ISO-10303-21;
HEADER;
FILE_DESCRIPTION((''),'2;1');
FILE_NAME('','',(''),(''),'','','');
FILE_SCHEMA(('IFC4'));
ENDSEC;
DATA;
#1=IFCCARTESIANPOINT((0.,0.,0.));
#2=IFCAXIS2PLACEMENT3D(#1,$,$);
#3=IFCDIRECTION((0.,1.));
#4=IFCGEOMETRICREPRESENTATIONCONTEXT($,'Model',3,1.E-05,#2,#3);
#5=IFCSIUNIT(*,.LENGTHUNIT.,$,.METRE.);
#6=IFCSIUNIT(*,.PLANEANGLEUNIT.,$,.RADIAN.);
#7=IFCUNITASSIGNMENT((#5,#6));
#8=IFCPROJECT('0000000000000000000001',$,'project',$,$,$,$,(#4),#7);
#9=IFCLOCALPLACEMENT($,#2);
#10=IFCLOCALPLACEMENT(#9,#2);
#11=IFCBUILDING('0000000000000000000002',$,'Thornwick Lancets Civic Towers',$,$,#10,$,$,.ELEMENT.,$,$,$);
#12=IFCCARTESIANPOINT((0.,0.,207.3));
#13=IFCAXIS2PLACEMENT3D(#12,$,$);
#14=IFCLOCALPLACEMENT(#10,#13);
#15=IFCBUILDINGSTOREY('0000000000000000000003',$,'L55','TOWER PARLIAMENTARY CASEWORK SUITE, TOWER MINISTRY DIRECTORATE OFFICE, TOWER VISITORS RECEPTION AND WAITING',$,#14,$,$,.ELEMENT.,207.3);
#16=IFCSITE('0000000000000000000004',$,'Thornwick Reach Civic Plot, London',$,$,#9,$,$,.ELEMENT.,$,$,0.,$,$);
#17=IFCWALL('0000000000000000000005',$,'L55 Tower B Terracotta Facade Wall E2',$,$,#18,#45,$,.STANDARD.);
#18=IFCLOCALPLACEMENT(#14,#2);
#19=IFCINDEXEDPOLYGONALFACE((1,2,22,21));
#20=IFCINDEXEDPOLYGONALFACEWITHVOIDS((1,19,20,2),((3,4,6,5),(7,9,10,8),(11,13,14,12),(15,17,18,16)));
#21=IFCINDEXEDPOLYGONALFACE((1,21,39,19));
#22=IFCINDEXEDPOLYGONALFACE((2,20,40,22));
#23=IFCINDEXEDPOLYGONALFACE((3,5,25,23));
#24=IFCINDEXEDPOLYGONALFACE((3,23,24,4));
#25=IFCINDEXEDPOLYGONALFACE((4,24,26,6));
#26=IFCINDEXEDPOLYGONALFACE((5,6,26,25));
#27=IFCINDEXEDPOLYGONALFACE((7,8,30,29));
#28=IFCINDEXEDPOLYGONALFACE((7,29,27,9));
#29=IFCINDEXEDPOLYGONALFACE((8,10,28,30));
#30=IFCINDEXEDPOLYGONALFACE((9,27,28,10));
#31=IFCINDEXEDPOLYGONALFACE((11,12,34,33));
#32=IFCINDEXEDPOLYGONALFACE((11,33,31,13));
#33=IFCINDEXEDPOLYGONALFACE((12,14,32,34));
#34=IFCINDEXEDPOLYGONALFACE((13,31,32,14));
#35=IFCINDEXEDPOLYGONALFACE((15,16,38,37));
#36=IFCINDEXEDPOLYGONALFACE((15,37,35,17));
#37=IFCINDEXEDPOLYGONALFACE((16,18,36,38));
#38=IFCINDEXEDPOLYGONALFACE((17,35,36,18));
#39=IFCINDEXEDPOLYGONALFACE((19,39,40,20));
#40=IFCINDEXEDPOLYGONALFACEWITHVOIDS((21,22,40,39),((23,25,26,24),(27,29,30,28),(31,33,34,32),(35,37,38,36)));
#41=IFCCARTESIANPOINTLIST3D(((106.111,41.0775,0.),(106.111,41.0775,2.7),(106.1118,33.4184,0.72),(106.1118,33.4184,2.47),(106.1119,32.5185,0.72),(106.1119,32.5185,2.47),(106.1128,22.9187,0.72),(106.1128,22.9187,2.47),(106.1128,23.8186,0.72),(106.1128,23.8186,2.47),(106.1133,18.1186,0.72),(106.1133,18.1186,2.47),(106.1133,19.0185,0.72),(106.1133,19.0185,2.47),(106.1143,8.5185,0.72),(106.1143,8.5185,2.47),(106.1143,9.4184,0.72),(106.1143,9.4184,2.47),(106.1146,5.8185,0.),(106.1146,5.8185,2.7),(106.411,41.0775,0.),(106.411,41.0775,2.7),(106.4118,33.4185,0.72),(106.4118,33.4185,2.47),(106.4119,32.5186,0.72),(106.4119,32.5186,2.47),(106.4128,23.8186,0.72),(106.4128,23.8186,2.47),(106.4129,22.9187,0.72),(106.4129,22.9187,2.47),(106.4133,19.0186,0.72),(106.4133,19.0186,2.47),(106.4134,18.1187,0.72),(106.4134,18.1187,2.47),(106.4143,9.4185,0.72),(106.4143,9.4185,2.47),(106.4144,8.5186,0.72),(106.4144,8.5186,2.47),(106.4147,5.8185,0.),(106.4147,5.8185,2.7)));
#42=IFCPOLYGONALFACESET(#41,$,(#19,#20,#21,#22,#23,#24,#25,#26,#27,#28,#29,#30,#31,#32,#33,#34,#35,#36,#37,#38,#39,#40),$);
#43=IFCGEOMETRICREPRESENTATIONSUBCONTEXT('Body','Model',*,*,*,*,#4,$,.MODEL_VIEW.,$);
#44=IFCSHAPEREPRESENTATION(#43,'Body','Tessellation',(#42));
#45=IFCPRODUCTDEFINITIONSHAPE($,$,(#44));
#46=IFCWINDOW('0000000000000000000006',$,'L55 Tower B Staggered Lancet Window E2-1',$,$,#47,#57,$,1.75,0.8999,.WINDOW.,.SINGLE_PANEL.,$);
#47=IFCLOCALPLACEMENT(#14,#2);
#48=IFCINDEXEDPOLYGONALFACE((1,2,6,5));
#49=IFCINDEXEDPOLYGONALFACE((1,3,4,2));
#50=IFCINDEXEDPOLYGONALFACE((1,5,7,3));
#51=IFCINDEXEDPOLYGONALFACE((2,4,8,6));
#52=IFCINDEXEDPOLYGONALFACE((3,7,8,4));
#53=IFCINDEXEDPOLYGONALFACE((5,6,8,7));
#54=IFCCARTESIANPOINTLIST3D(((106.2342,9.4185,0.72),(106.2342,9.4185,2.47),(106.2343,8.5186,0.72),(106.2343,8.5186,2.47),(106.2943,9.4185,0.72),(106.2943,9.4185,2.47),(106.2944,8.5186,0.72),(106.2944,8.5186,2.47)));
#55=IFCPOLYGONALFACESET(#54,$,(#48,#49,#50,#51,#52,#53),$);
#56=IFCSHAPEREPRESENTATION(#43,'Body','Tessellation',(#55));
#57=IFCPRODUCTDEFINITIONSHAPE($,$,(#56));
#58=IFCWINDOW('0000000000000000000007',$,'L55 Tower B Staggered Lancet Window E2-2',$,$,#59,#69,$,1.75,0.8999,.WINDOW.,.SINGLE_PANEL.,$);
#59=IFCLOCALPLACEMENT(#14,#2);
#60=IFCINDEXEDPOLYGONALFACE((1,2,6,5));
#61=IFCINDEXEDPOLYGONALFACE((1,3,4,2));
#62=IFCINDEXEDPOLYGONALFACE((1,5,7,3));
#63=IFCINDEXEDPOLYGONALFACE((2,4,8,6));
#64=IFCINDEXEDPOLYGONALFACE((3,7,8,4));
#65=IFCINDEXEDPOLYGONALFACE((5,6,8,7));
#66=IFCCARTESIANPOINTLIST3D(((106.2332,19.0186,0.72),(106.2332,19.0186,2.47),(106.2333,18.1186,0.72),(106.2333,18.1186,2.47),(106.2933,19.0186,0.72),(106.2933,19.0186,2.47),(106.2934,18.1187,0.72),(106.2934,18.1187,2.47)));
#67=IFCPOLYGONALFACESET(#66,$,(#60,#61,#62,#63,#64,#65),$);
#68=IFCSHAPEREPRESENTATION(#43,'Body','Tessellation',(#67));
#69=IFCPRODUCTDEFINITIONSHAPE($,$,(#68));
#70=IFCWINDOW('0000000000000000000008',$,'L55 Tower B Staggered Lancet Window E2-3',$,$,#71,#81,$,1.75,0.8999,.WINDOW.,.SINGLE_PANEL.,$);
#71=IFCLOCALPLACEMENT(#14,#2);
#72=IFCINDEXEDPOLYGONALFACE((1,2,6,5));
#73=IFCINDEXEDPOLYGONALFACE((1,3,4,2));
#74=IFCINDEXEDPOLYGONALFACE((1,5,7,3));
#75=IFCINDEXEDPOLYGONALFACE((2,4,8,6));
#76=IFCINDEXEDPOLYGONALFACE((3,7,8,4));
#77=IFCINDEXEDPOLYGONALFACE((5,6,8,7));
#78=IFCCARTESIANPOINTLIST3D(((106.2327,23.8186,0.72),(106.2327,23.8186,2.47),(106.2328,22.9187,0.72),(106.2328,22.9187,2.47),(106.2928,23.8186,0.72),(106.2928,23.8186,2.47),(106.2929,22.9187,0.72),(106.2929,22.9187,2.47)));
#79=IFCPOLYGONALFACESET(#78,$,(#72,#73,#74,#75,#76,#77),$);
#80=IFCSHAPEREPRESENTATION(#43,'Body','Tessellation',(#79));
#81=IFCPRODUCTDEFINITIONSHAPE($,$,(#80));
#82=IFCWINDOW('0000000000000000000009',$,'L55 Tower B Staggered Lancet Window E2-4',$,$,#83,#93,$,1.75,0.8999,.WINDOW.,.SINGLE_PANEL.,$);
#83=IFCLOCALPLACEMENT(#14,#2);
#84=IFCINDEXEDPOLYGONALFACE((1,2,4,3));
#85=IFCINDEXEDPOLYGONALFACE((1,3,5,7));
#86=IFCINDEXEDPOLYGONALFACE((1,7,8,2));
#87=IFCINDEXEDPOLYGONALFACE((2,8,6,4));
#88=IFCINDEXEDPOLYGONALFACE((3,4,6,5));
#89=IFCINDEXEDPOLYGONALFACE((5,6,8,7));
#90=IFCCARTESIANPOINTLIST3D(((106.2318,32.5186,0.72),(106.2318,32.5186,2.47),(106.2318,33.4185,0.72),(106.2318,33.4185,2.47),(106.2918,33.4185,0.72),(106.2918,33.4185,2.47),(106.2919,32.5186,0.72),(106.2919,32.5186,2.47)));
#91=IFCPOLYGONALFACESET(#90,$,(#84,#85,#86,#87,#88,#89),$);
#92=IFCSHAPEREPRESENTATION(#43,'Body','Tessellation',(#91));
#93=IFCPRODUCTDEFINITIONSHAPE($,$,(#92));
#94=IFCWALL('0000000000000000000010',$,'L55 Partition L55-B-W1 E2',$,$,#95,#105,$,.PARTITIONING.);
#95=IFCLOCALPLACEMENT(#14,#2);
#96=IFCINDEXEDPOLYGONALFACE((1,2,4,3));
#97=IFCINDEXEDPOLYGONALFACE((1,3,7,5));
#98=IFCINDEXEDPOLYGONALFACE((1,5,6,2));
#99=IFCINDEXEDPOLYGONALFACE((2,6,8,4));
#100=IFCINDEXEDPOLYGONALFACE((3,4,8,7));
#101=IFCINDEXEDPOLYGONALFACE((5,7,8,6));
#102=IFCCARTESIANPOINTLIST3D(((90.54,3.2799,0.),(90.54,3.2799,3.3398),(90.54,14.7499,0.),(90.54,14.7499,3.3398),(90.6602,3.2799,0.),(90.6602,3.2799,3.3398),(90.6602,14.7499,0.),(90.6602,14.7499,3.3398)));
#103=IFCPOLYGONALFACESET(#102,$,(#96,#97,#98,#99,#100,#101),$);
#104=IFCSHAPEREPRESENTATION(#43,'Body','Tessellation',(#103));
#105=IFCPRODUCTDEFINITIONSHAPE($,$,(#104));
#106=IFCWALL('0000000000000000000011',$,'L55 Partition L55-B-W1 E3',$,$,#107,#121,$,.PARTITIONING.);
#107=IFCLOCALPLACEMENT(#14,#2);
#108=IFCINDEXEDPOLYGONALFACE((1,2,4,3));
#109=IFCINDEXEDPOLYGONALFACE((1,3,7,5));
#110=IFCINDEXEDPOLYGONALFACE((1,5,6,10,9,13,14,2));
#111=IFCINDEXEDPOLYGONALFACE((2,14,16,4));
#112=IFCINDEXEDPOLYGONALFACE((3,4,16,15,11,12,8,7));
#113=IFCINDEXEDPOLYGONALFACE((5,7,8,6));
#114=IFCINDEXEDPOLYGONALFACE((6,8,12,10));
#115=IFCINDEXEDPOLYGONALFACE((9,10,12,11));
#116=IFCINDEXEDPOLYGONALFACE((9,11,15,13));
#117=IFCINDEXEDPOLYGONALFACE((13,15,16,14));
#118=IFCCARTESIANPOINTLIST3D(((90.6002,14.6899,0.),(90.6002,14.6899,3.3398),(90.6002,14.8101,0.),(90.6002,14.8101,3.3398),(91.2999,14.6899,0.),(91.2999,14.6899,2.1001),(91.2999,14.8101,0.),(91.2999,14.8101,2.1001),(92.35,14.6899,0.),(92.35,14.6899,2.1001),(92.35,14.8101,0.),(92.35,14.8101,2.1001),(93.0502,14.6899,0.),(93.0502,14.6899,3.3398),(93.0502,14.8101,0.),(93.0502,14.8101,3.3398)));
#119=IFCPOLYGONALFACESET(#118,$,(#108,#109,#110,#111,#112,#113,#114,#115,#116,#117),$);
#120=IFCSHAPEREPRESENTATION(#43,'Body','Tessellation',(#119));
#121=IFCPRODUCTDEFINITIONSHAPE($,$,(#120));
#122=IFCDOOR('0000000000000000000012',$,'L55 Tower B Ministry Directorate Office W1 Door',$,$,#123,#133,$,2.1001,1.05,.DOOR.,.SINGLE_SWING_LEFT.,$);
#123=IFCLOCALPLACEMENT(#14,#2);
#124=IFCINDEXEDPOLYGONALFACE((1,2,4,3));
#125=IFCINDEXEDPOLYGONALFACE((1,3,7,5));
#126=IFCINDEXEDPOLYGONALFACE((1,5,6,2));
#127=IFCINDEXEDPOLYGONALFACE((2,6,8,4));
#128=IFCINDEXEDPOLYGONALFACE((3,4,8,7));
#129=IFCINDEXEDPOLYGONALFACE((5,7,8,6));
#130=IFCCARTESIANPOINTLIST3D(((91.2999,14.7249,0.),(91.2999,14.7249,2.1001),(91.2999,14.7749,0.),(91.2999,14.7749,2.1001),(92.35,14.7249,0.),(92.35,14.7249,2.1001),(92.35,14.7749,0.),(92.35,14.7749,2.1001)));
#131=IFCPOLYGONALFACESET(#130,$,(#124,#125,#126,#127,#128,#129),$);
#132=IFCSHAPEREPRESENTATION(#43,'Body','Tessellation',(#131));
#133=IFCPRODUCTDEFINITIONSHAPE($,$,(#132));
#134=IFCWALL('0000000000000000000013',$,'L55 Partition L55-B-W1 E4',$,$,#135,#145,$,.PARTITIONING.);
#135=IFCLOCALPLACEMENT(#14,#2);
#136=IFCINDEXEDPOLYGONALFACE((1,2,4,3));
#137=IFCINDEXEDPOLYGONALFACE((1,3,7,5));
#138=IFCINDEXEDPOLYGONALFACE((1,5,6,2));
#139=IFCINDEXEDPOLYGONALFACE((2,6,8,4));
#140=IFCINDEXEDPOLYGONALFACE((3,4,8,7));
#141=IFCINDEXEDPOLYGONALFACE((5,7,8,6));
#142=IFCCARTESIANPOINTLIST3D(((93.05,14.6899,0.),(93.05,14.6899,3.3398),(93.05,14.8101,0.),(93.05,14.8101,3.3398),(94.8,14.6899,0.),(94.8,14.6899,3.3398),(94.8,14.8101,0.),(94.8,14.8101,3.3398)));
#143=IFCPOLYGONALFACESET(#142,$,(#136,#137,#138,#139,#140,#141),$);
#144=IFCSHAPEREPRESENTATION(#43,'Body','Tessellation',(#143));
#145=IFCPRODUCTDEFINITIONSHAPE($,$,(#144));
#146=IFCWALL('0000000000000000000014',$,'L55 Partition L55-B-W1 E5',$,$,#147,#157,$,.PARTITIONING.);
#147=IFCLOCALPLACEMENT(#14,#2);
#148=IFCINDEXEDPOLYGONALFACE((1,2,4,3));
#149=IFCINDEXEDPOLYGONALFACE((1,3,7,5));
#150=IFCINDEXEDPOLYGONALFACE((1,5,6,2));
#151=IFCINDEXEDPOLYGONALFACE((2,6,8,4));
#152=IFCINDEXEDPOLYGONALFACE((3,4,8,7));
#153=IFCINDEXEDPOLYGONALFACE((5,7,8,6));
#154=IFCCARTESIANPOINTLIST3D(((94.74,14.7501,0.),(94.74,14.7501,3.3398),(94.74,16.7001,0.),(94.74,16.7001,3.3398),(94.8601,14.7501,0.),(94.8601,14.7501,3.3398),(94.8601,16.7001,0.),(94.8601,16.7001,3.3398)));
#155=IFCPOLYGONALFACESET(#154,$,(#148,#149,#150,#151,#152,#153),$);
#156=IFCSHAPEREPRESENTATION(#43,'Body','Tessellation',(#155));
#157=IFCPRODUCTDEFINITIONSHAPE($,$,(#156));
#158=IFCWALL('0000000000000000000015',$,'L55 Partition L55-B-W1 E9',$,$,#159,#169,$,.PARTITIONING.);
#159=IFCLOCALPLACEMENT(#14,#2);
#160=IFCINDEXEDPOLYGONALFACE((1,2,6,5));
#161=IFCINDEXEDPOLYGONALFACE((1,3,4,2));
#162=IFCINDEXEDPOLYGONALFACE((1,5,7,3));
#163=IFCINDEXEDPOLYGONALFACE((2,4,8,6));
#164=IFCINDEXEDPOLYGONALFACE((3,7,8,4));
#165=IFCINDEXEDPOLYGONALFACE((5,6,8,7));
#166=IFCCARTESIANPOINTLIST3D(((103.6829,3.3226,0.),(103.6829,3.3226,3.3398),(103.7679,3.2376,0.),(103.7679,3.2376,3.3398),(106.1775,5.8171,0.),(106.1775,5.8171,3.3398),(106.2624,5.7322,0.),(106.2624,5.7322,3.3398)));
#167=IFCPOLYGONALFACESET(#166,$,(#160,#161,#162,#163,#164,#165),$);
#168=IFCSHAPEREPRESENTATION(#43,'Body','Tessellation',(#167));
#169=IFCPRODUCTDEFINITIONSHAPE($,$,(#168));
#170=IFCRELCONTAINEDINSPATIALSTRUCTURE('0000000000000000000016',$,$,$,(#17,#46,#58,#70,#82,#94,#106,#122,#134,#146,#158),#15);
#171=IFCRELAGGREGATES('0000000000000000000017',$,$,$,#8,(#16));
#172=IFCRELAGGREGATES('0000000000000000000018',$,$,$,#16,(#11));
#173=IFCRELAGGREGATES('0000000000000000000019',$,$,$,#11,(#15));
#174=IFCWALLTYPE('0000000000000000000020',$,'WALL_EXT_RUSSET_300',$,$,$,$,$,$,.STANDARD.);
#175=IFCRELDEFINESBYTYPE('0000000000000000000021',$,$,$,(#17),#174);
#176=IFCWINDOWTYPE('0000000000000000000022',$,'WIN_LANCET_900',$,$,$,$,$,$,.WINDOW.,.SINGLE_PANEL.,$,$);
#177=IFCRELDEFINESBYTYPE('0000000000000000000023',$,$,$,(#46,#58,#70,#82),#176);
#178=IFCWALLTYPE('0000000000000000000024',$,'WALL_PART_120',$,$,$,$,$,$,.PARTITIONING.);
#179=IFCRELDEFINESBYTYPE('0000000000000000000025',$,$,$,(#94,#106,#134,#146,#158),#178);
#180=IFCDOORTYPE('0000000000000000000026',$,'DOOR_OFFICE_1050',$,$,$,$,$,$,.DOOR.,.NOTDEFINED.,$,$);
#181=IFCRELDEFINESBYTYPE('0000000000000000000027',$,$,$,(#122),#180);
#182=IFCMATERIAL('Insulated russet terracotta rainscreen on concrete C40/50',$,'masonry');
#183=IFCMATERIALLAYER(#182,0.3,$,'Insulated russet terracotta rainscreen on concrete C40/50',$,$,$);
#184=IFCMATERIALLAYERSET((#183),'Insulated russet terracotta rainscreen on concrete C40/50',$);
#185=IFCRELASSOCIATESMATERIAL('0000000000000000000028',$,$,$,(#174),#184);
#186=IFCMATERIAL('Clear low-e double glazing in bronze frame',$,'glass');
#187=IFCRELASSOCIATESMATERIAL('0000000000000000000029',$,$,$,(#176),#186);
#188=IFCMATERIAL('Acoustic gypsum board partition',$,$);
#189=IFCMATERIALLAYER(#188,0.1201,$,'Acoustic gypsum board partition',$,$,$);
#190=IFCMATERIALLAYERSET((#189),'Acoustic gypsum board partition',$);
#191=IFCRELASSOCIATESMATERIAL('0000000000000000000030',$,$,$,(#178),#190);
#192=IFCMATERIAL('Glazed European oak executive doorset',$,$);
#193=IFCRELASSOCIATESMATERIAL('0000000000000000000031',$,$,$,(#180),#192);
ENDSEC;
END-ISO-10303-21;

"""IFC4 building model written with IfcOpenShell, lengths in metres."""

from ifc_helpers import new_model, si_unit, direction, frame, frame_2d, origin, place, context, subcontext, project, spatial, rectangle, extrude, material, layer, layer_set, type_object, element, fill, save


model = new_model("IFC4")

# Units and contexts
model_context = context("Model", 3, precision=1e-05, world=origin(), true_north=direction((0.0, 1.0)))
body_context = subcontext(model_context, "Body", "Model", "MODEL_VIEW")
ifc_project = project(units=[si_unit("LENGTHUNIT", "METRE"), si_unit("PLANEANGLEUNIT", "RADIAN")], contexts=[model_context])

# Site, building, storey
site_placement = place(None, origin())
site = spatial("IfcSite", under=ifc_project, at=site_placement, Name="Thornwick Reach Civic Plot, London", CompositionType="ELEMENT", RefElevation=0.0)
building_placement = place(site_placement, origin())
building = spatial("IfcBuilding", under=site, at=building_placement, Name="Thornwick Lancets Civic Towers", CompositionType="ELEMENT")
storey_placement = place(building_placement, frame((0.0, 0.0, 207.3)))
storey = spatial("IfcBuildingStorey", under=building, at=storey_placement, Name="L55", Description="TOWER PARLIAMENTARY CASEWORK SUITE, TOWER MINISTRY DIRECTORATE OFFICE, TOWER VISITORS RECEPTION AND WAITING", CompositionType="ELEMENT", Elevation=207.3)

# Wall, openings, windows
ifc_material_1 = material(Name="Insulated russet terracotta rainscreen on concrete C40/50", Category="masonry")
ifc_layer_1 = layer(ifc_material_1, 0.3, Name="Insulated russet terracotta rainscreen on concrete C40/50")
ifc_layer_set_1 = layer_set([ifc_layer_1], Name="Insulated russet terracotta rainscreen on concrete C40/50")
wall_type_1 = type_object("IfcWallType", Name="WALL_EXT_RUSSET_300", PredefinedType="STANDARD", material=ifc_layer_set_1)
wall_1_placement = place(storey_placement, frame((106.2646, 5.8186, 0.0), z_axis=(0.0, 0.0, 1.0), x_axis=(-0.000104, 1.0, 0.0)))
wall_1 = element("IfcWall", 1, at=wall_1_placement, inside=storey, type_object=wall_type_1, Name="L55 Tower B Terracotta Facade Wall E2", PredefinedType="STANDARD", context=body_context, shape_type="SweptSolid", body=[
    extrude(rectangle(XDim=35.259, YDim=0.3, at=frame_2d((17.6294, 0.0))), origin(), (0.0, 0.0, 1.0), 2.7),
])
opening_1_placement = place(wall_1_placement, frame((2.7, 0.0, 0.72)))
opening_1 = element("IfcOpeningElement", 2, at=opening_1_placement, cuts=wall_1, PredefinedType="OPENING", context=body_context, shape_type="SweptSolid", body=[
    extrude(rectangle(XDim=0.8999, YDim=1.75, at=frame_2d((0.45, 0.875))), frame((0.0, 0.1602, 0.0), z_axis=(0.0, -1.0, 0.0), x_axis=(1.0, 0.0, 0.0)), (0.0, 0.0, 1.0), 0.3201),
])
opening_2_placement = place(wall_1_placement, frame((12.3, 0.0, 0.72)))
opening_2 = element("IfcOpeningElement", 3, at=opening_2_placement, cuts=wall_1, PredefinedType="OPENING", context=body_context, shape_type="SweptSolid", body=[
    extrude(rectangle(XDim=0.8999, YDim=1.75, at=frame_2d((0.45, 0.875))), frame((0.0, 0.1602, 0.0), z_axis=(0.0, -1.0, 0.0), x_axis=(1.0, 0.0, 0.0)), (0.0, 0.0, 1.0), 0.3201),
])
opening_3_placement = place(wall_1_placement, frame((17.1001, 0.0, 0.72)))
opening_3 = element("IfcOpeningElement", 4, at=opening_3_placement, cuts=wall_1, PredefinedType="OPENING", context=body_context, shape_type="SweptSolid", body=[
    extrude(rectangle(XDim=0.8999, YDim=1.75, at=frame_2d((0.45, 0.875))), frame((0.0, 0.1602, 0.0), z_axis=(0.0, -1.0, 0.0), x_axis=(1.0, 0.0, 0.0)), (0.0, 0.0, 1.0), 0.3201),
])
opening_4_placement = place(wall_1_placement, frame((26.7, 0.0, 0.72)))
opening_4 = element("IfcOpeningElement", 5, at=opening_4_placement, cuts=wall_1, PredefinedType="OPENING", context=body_context, shape_type="SweptSolid", body=[
    extrude(rectangle(XDim=0.8999, YDim=1.75, at=frame_2d((0.45, 0.875))), frame((0.0, 0.1602, 0.0), z_axis=(0.0, -1.0, 0.0), x_axis=(1.0, 0.0, 0.0)), (0.0, 0.0, 1.0), 0.3201),
])
ifc_material_2 = material(Name="Clear low-e double glazing in bronze frame", Category="glass")
window_type = type_object("IfcWindowType", Name="WIN_LANCET_900", PartitioningType="SINGLE_PANEL", PredefinedType="WINDOW", material=ifc_material_2)
window_1_placement = place(opening_1_placement, origin())
window_1 = element("IfcWindow", 6, at=window_1_placement, inside=storey, type_object=window_type, Name="L55 Tower B Staggered Lancet Window E2-1", OverallHeight=1.75, OverallWidth=0.8999, PartitioningType="SINGLE_PANEL", PredefinedType="WINDOW", context=body_context, shape_type="SweptSolid", body=[
    extrude(rectangle(XDim=0.8999, YDim=1.75, at=frame_2d((0.45, 0.875))), frame((0.0, 0.03, 0.0), z_axis=(0.0, -1.0, 0.0), x_axis=(1.0, 0.0, 0.0)), (0.0, 0.0, 1.0), 0.0601),
])
fill(opening_1, window_1)
window_2_placement = place(opening_2_placement, origin())
window_2 = element("IfcWindow", 7, at=window_2_placement, inside=storey, type_object=window_type, Name="L55 Tower B Staggered Lancet Window E2-2", OverallHeight=1.75, OverallWidth=0.8999, PartitioningType="SINGLE_PANEL", PredefinedType="WINDOW", context=body_context, shape_type="SweptSolid", body=[
    extrude(rectangle(XDim=0.8999, YDim=1.75, at=frame_2d((0.45, 0.875))), frame((0.0, 0.03, 0.0), z_axis=(0.0, -1.0, 0.0), x_axis=(1.0, 0.0, 0.0)), (0.0, 0.0, 1.0), 0.0601),
])
fill(opening_2, window_2)
window_3_placement = place(opening_3_placement, origin())
window_3 = element("IfcWindow", 8, at=window_3_placement, inside=storey, type_object=window_type, Name="L55 Tower B Staggered Lancet Window E2-3", OverallHeight=1.75, OverallWidth=0.8999, PartitioningType="SINGLE_PANEL", PredefinedType="WINDOW", context=body_context, shape_type="SweptSolid", body=[
    extrude(rectangle(XDim=0.8999, YDim=1.75, at=frame_2d((0.45, 0.875))), frame((0.0, 0.03, 0.0), z_axis=(0.0, -1.0, 0.0), x_axis=(1.0, 0.0, 0.0)), (0.0, 0.0, 1.0), 0.0601),
])
fill(opening_3, window_3)
window_4_placement = place(opening_4_placement, origin())
window_4 = element("IfcWindow", 9, at=window_4_placement, inside=storey, type_object=window_type, Name="L55 Tower B Staggered Lancet Window E2-4", OverallHeight=1.75, OverallWidth=0.8999, PartitioningType="SINGLE_PANEL", PredefinedType="WINDOW", context=body_context, shape_type="SweptSolid", body=[
    extrude(rectangle(XDim=0.8999, YDim=1.75, at=frame_2d((0.45, 0.875))), frame((0.0, 0.03, 0.0), z_axis=(0.0, -1.0, 0.0), x_axis=(1.0, 0.0, 0.0)), (0.0, 0.0, 1.0), 0.0601),
])
fill(opening_4, window_4)

# Wall
ifc_material_3 = material(Name="Acoustic gypsum board partition")
ifc_layer_2 = layer(ifc_material_3, 0.1201, Name="Acoustic gypsum board partition")
ifc_layer_set_2 = layer_set([ifc_layer_2], Name="Acoustic gypsum board partition")
wall_type_2 = type_object("IfcWallType", Name="WALL_PART_120", PredefinedType="PARTITIONING", material=ifc_layer_set_2)
wall_2_placement = place(storey_placement, frame((90.6001, 3.28, 0.0), z_axis=(0.0, 0.0, 1.0), x_axis=(0.0, 1.0, 0.0)))
element("IfcWall", 10, at=wall_2_placement, inside=storey, type_object=wall_type_2, Name="L55 Partition L55-B-W1 E2", PredefinedType="PARTITIONING", context=body_context, shape_type="SweptSolid", body=[
    extrude(rectangle(XDim=11.47, YDim=0.1201, at=frame_2d((5.7349, 0.0))), origin(), (0.0, 0.0, 1.0), 3.3398),
])

# Wall, opening, door
wall_3_placement = place(storey_placement, frame((90.6001, 14.75, 0.0), z_axis=(0.0, 0.0, 1.0), x_axis=(1.0, 0.0, 0.0)))
wall_3 = element("IfcWall", 11, at=wall_3_placement, inside=storey, type_object=wall_type_2, Name="L55 Partition L55-B-W1 E3", PredefinedType="PARTITIONING", context=body_context, shape_type="SweptSolid", body=[
    extrude(rectangle(XDim=2.45, YDim=0.1201, at=frame_2d((1.2251, 0.0))), origin(), (0.0, 0.0, 1.0), 3.3398),
])
opening_5_placement = place(wall_3_placement, frame((0.7, 0.0, 0.0)))
opening_5 = element("IfcOpeningElement", 12, at=opening_5_placement, cuts=wall_3, PredefinedType="OPENING", context=body_context, shape_type="SweptSolid", body=[
    extrude(rectangle(XDim=1.05, YDim=2.1001, at=frame_2d((0.5249, 1.05))), frame((0.0, 0.0701, 0.0), z_axis=(0.0, -1.0, 0.0), x_axis=(1.0, 0.0, 0.0)), (0.0, 0.0, 1.0), 0.1401),
])
ifc_material_4 = material(Name="Glazed European oak executive doorset")
door_type_1 = type_object("IfcDoorType", Name="DOOR_OFFICE_1050", OperationType="NOTDEFINED", PredefinedType="DOOR", material=ifc_material_4)
door_1_placement = place(opening_5_placement, origin())
door_1 = element("IfcDoor", 13, at=door_1_placement, inside=storey, type_object=door_type_1, Name="L55 Tower B Ministry Directorate Office W1 Door", OperationType="SINGLE_SWING_LEFT", OverallHeight=2.1001, OverallWidth=1.05, PredefinedType="DOOR", context=body_context, shape_type="SweptSolid", body=[
    extrude(rectangle(XDim=1.05, YDim=2.1001, at=frame_2d((0.5249, 1.05))), frame((0.0, 0.0249, 0.0), z_axis=(0.0, -1.0, 0.0), x_axis=(1.0, 0.0, 0.0)), (0.0, 0.0, 1.0), 0.05),
])
fill(opening_5, door_1)

# Walls
wall_4_placement = place(storey_placement, frame((93.05, 14.75, 0.0), z_axis=(0.0, 0.0, 1.0), x_axis=(1.0, 0.0, 0.0)))
element("IfcWall", 14, at=wall_4_placement, inside=storey, type_object=wall_type_2, Name="L55 Partition L55-B-W1 E4", PredefinedType="PARTITIONING", context=body_context, shape_type="SweptSolid", body=[
    extrude(rectangle(XDim=1.75, YDim=0.1201, at=frame_2d((0.875, 0.0))), origin(), (0.0, 0.0, 1.0), 3.3398),
])
wall_5_placement = place(storey_placement, frame((94.8, 14.75, 0.0), z_axis=(0.0, 0.0, 1.0), x_axis=(0.0, 1.0, 0.0)))
element("IfcWall", 15, at=wall_5_placement, inside=storey, type_object=wall_type_2, Name="L55 Partition L55-B-W1 E5", PredefinedType="PARTITIONING", context=body_context, shape_type="SweptSolid", body=[
    extrude(rectangle(XDim=1.95, YDim=0.1201, at=frame_2d((0.9751, 0.0))), origin(), (0.0, 0.0, 1.0), 3.3398),
])
wall_6_placement = place(storey_placement, frame((106.22, 5.7747, 0.0), z_axis=(0.0, 0.0, 1.0), x_axis=(-0.707107, -0.707107, 0.0)))
element("IfcWall", 16, at=wall_6_placement, inside=storey, type_object=wall_type_2, Name="L55 Partition L55-B-W1 E9", PredefinedType="PARTITIONING", context=body_context, shape_type="SweptSolid", body=[
    extrude(rectangle(XDim=3.5278, YDim=0.1201, at=frame_2d((1.7639, 0.0))), origin(), (0.0, 0.0, 1.0), 3.3398),
])

save(model, "model.ifc")
